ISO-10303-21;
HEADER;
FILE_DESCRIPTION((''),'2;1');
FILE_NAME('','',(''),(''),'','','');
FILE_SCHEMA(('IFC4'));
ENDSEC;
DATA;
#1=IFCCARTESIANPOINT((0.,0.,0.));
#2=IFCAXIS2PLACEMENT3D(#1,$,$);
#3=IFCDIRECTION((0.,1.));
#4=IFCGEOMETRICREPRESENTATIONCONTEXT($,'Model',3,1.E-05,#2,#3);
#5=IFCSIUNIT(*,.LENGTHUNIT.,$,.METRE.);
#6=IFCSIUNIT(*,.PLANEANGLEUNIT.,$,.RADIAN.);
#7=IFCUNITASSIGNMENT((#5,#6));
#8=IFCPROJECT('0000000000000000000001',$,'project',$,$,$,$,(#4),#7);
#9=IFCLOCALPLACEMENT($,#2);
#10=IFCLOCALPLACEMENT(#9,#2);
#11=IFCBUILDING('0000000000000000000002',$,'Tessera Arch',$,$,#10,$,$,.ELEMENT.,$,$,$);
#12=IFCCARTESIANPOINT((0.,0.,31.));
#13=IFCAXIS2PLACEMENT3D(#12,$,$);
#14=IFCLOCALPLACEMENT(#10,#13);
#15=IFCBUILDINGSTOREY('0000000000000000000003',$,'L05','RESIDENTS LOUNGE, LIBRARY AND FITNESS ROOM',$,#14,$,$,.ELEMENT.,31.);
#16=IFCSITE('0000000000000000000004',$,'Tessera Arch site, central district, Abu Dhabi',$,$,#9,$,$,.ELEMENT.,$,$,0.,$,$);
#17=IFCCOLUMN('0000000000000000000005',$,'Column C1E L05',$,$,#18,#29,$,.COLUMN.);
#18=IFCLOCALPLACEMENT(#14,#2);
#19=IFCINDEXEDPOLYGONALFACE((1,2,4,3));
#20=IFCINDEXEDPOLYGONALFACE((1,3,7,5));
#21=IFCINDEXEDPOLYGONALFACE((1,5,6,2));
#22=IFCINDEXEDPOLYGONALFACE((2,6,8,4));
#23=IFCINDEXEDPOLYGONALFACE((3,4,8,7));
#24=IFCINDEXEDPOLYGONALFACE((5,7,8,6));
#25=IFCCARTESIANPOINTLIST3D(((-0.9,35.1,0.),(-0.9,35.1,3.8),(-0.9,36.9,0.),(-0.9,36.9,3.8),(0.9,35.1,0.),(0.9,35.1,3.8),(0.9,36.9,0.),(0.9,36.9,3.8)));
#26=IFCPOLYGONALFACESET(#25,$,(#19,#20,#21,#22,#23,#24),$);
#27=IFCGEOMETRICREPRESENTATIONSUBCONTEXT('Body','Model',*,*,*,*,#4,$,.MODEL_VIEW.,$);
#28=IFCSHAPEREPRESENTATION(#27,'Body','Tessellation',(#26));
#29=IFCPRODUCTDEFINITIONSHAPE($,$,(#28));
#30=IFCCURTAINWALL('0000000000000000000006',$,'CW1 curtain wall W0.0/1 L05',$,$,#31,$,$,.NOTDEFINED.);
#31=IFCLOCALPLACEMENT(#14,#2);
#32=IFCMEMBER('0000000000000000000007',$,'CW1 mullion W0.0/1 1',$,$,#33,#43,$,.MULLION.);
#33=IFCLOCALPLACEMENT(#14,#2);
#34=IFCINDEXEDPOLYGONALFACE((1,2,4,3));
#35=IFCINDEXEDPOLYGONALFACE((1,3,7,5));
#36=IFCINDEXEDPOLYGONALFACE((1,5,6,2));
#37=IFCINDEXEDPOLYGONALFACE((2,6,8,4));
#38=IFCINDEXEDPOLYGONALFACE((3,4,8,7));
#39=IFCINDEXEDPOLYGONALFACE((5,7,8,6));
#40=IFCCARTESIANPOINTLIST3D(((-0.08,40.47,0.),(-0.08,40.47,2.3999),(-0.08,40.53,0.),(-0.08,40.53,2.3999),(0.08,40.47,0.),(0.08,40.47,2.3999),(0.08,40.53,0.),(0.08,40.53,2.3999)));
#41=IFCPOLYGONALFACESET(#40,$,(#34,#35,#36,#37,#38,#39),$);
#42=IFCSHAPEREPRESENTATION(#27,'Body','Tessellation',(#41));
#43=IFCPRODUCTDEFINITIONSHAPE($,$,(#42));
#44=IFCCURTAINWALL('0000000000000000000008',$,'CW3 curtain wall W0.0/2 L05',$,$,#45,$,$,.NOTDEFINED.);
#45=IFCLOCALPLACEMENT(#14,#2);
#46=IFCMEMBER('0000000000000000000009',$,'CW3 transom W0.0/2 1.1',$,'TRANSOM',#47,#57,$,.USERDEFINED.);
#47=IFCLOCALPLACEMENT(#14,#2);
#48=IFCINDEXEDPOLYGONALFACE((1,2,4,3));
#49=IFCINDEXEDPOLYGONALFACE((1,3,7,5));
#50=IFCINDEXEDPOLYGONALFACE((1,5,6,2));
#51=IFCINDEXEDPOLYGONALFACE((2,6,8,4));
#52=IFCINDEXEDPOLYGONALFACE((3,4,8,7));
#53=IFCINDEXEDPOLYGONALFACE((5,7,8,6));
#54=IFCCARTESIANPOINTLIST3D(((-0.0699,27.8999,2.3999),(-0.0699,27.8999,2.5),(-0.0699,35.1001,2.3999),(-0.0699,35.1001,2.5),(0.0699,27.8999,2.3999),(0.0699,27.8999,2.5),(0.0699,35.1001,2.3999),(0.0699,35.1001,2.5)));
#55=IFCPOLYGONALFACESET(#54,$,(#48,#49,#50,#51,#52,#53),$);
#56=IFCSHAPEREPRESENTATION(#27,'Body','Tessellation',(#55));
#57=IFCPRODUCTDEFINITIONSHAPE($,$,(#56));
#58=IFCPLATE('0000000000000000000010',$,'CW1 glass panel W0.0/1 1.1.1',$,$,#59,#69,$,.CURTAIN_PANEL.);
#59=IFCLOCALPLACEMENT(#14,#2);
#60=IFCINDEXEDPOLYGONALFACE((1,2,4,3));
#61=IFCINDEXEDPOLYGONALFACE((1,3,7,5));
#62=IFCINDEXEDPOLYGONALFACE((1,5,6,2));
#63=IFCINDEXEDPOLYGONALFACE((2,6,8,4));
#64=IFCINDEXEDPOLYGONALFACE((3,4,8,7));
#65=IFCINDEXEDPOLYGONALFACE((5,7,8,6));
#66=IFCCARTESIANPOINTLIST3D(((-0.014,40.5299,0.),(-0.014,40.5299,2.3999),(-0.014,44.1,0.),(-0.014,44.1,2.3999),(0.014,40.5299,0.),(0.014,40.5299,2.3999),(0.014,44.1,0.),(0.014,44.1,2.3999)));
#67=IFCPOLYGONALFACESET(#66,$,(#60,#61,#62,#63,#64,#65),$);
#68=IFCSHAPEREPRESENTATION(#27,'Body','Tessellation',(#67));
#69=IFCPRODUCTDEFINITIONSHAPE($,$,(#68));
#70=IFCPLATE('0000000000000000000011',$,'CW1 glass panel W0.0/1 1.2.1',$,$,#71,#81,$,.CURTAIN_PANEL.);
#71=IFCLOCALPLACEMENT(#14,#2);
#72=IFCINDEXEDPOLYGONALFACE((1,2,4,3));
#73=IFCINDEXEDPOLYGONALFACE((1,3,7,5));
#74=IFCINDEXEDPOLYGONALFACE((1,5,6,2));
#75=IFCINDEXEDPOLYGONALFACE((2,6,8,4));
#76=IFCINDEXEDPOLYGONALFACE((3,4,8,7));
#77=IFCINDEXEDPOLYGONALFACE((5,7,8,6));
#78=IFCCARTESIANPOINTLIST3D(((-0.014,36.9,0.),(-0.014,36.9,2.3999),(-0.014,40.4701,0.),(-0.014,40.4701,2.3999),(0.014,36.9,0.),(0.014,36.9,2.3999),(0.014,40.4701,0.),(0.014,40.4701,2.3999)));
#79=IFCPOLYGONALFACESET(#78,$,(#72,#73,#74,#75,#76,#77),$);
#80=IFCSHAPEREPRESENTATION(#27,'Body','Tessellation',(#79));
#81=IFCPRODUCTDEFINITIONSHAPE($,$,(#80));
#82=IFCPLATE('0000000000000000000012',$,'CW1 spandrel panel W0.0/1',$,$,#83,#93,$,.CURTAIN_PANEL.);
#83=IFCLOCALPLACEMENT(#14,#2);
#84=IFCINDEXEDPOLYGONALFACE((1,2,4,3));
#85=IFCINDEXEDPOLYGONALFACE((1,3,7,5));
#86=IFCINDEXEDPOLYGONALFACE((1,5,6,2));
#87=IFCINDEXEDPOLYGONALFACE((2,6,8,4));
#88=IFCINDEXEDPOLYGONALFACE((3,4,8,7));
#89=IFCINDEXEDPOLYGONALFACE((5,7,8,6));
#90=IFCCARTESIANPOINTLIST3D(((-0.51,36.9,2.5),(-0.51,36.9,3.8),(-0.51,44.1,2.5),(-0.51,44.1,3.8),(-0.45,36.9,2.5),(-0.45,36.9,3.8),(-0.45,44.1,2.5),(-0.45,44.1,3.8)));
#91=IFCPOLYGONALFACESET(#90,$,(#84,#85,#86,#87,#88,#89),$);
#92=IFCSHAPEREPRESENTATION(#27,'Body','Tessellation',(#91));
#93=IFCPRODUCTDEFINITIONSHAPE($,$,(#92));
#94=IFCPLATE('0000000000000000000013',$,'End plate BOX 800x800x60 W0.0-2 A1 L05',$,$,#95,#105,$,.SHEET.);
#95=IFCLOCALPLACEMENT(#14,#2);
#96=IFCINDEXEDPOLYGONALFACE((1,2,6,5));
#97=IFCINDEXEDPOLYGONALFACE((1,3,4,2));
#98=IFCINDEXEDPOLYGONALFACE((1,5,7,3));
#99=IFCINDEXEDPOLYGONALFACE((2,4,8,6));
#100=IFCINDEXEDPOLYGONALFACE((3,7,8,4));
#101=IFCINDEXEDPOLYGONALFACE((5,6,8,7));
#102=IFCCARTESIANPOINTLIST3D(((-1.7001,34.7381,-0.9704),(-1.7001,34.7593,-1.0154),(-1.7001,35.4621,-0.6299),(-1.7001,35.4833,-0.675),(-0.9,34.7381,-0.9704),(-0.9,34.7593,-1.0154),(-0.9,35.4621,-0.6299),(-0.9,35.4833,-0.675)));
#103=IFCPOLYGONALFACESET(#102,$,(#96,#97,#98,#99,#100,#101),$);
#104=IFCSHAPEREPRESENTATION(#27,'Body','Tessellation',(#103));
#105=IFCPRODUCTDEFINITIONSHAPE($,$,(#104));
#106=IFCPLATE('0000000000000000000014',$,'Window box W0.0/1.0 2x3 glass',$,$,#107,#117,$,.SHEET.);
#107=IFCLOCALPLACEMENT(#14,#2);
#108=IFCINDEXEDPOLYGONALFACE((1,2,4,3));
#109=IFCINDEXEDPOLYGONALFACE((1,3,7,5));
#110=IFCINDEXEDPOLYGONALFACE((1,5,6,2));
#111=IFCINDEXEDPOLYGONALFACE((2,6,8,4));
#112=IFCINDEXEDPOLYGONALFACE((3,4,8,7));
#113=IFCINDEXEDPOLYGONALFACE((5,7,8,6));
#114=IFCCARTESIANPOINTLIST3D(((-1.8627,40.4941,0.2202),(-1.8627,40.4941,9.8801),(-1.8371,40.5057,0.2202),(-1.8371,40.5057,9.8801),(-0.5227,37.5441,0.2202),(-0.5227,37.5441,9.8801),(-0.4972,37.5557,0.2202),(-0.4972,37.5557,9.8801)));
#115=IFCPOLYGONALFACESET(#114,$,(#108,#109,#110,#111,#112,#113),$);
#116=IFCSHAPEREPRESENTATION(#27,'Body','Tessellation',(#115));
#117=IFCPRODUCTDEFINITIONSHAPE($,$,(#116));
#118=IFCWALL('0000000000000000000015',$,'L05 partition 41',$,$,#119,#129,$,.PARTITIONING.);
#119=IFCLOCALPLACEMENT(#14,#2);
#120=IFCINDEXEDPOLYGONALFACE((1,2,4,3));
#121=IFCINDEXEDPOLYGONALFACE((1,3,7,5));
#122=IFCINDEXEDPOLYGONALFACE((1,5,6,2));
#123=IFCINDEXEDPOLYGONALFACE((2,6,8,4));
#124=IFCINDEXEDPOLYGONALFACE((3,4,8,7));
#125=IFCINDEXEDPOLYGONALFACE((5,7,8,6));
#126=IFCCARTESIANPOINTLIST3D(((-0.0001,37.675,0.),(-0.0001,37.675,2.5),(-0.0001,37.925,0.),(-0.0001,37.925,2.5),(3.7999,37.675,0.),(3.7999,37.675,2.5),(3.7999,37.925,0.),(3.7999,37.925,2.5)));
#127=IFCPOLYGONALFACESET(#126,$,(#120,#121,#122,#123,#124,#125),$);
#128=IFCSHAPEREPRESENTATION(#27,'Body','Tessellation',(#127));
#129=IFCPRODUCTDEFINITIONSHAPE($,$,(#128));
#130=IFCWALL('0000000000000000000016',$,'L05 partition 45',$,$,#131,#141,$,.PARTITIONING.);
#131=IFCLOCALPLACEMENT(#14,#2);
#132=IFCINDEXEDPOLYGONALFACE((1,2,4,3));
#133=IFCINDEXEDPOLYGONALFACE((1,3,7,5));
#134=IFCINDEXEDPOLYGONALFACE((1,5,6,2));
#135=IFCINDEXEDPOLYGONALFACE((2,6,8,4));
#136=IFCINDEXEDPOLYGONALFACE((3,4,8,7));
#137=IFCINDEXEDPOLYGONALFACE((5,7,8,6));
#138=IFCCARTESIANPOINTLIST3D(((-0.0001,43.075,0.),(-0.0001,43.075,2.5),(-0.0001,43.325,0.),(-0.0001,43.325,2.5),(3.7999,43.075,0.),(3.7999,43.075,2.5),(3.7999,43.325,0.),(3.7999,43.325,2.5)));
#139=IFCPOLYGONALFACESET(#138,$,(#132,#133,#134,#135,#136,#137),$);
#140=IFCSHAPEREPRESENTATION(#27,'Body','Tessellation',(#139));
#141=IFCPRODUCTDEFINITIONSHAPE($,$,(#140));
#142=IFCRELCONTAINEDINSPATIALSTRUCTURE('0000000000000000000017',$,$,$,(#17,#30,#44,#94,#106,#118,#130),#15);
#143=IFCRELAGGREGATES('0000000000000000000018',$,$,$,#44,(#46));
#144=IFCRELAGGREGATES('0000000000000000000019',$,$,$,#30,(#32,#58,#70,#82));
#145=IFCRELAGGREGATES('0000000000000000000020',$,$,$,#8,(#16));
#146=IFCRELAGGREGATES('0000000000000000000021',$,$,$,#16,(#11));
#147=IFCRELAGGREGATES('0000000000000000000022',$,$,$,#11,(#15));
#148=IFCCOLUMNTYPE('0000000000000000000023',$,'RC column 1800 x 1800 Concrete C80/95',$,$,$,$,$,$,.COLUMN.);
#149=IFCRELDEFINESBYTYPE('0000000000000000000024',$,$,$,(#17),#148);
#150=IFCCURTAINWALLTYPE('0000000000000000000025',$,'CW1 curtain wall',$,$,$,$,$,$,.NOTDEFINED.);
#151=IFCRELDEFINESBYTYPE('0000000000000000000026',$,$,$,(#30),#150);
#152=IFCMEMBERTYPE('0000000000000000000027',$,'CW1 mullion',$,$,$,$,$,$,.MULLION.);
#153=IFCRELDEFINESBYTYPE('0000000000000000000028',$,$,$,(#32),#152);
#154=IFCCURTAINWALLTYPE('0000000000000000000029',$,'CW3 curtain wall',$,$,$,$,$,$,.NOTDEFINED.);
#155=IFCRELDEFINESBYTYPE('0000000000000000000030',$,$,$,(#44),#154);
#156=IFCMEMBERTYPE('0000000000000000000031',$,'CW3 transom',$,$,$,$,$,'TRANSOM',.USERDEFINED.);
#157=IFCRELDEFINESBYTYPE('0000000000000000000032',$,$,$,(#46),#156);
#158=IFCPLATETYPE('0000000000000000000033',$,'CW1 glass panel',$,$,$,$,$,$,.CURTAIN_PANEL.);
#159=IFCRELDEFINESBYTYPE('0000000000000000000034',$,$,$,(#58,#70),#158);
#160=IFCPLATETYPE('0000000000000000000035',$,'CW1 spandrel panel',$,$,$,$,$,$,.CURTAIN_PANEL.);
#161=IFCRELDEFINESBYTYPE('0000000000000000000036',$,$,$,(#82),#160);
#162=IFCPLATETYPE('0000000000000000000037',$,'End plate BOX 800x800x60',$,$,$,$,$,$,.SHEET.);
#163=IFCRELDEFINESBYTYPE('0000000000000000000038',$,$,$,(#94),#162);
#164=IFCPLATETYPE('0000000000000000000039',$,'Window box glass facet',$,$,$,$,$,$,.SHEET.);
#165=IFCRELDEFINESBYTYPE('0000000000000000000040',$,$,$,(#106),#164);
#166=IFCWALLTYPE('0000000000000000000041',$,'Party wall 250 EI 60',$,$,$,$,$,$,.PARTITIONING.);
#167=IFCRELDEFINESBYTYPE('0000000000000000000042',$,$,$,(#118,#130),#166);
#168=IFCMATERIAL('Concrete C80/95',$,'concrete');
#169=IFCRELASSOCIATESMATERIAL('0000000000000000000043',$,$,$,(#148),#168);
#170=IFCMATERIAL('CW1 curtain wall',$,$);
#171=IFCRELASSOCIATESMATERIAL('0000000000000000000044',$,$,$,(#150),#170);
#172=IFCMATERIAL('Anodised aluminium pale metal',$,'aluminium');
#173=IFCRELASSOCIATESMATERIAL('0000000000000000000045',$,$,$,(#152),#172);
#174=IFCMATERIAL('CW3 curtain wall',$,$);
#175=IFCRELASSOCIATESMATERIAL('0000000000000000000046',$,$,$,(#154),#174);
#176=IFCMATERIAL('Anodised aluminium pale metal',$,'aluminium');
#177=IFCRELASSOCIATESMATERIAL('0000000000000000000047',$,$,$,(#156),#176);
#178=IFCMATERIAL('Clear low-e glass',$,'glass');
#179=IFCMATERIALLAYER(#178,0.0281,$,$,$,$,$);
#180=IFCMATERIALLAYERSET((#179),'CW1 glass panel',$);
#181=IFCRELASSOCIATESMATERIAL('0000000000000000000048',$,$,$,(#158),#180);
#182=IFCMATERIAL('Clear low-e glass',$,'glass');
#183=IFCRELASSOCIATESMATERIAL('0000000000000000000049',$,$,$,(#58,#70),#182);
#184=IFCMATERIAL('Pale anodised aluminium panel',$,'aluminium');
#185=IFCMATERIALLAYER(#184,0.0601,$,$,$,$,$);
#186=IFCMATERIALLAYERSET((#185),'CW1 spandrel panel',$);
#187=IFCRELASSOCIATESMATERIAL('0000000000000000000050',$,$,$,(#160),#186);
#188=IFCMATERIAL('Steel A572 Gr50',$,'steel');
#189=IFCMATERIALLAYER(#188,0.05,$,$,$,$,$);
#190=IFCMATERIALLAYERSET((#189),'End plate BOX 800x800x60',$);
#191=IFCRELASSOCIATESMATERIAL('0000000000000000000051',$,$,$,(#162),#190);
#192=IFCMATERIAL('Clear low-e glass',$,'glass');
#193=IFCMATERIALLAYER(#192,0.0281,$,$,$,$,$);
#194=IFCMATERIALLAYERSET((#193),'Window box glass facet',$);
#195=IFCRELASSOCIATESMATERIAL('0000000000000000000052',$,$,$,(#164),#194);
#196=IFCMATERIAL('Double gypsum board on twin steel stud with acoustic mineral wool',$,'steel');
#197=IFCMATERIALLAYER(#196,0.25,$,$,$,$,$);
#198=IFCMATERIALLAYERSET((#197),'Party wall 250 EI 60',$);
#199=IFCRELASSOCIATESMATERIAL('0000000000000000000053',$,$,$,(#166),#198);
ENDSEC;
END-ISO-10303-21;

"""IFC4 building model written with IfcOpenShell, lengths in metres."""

from ifc_helpers import new_model, si_unit, direction, frame, frame_2d, origin, origin_2d, place, context, subcontext, project, spatial, rectangle, extrude, material, layer, layer_set, material_profile, profile_set, type_object, element, aggregate, save


model = new_model("IFC4")

# Units and contexts
model_context = context("Model", 3, precision=1e-05, world=origin(), true_north=direction((0.0, 1.0)))
body_context = subcontext(model_context, "Body", "Model", "MODEL_VIEW")
ifc_project = project(units=[si_unit("LENGTHUNIT", "METRE"), si_unit("PLANEANGLEUNIT", "RADIAN")], contexts=[model_context])

# Site, building, storey
site_placement = place(None, origin())
site = spatial("IfcSite", under=ifc_project, at=site_placement, Name="Tessera Arch site, central district, Abu Dhabi", CompositionType="ELEMENT", RefElevation=0.0)
building_placement = place(site_placement, origin())
building = spatial("IfcBuilding", under=site, at=building_placement, Name="Tessera Arch", CompositionType="ELEMENT")
storey_placement = place(building_placement, frame((0.0, 0.0, 31.0)))
storey = spatial("IfcBuildingStorey", under=building, at=storey_placement, Name="L05", Description="RESIDENTS LOUNGE, LIBRARY AND FITNESS ROOM", CompositionType="ELEMENT", Elevation=31.0)

# Column
ifc_material_1 = material(Name="Concrete C80/95", Category="concrete")
ifc_material_profile_1 = material_profile(ifc_material_1, rectangle(XDim=1.8, YDim=1.8, at=origin_2d()), Name="RC column 1800 x 1800 Concrete C80/95")
ifc_profile_set_1 = profile_set([ifc_material_profile_1], Name="Concrete C80/95")
column_type = type_object("IfcColumnType", Name="RC column 1800 x 1800 Concrete C80/95", PredefinedType="COLUMN", material=ifc_profile_set_1)
column_placement = place(storey_placement, frame((0.0, 36.0, 0.0), z_axis=(0.0, 0.0, 1.0), x_axis=(1.0, 0.0, 0.0)))
element("IfcColumn", 1, at=column_placement, inside=storey, type_object=column_type, Name="Column C1E L05", PredefinedType="COLUMN", context=body_context, shape_type="SweptSolid", body=[
    extrude(rectangle(XDim=1.8, YDim=1.8, at=origin_2d()), origin(), (0.0, 0.0, 1.0), 3.8),
])

# Curtain walls, members
ifc_material_2 = material(Name="CW1 curtain wall")
curtain_wall_type_1 = type_object("IfcCurtainWallType", Name="CW1 curtain wall", PredefinedType="NOTDEFINED", material=ifc_material_2)
curtain_wall_1_placement = place(storey_placement, origin())
curtain_wall_1 = element("IfcCurtainWall", 2, at=curtain_wall_1_placement, inside=storey, type_object=curtain_wall_type_1, Name="CW1 curtain wall W0.0/1 L05", PredefinedType="NOTDEFINED")
ifc_material_3 = material(Name="Anodised aluminium pale metal", Category="aluminium")
ifc_material_profile_2 = material_profile(ifc_material_3, rectangle(XDim=0.1599, YDim=0.0601, at=origin_2d()), Name="AL 60x160")
ifc_profile_set_2 = profile_set([ifc_material_profile_2], Name="Anodised aluminium pale metal")
member_type_1 = type_object("IfcMemberType", Name="CW1 mullion", PredefinedType="MULLION", material=ifc_profile_set_2)
member_1_placement = place(storey_placement, frame((0.0, 40.5, 0.0), z_axis=(0.0, 0.0, 1.0), x_axis=(1.0, 0.0, 0.0)))
member_1 = element("IfcMember", 3, at=member_1_placement, type_object=member_type_1, Name="CW1 mullion W0.0/1 1", PredefinedType="MULLION", context=body_context, shape_type="SweptSolid", body=[
    extrude(rectangle(XDim=0.1599, YDim=0.0601, at=origin_2d()), origin(), (0.0, 0.0, 1.0), 2.3999),
])
ifc_material_4 = material(Name="CW3 curtain wall")
curtain_wall_type_2 = type_object("IfcCurtainWallType", Name="CW3 curtain wall", PredefinedType="NOTDEFINED", material=ifc_material_4)
curtain_wall_2_placement = place(storey_placement, origin())
curtain_wall_2 = element("IfcCurtainWall", 4, at=curtain_wall_2_placement, inside=storey, type_object=curtain_wall_type_2, Name="CW3 curtain wall W0.0/2 L05", PredefinedType="NOTDEFINED")
ifc_material_5 = material(Name="Anodised aluminium pale metal", Category="aluminium")
ifc_material_profile_3 = material_profile(ifc_material_5, rectangle(XDim=0.1399, YDim=0.1001, at=origin_2d()), Name="AL 140x100")
ifc_profile_set_3 = profile_set([ifc_material_profile_3], Name="Anodised aluminium pale metal")
member_type_2 = type_object("IfcMemberType", Name="CW3 transom", ElementType="TRANSOM", PredefinedType="USERDEFINED", material=ifc_profile_set_3)
member_2_placement = place(storey_placement, frame((0.0, 35.1001, 2.45), z_axis=(0.0, -1.0, 0.0), x_axis=(1.0, 0.0, 0.0)))
member_2 = element("IfcMember", 5, at=member_2_placement, type_object=member_type_2, Name="CW3 transom W0.0/2 1.1", ObjectType="TRANSOM", PredefinedType="USERDEFINED", context=body_context, shape_type="SweptSolid", body=[
    extrude(rectangle(XDim=0.1399, YDim=0.1001, at=origin_2d()), origin(), (0.0, 0.0, 1.0), 7.2002),
])
aggregate(curtain_wall_2, [member_2])

# Plates
ifc_material_6 = material(Name="Clear low-e glass", Category="glass")
ifc_material_7 = material(Name="Clear low-e glass", Category="glass")
ifc_layer_1 = layer(ifc_material_7, 0.0281)
ifc_layer_set_1 = layer_set([ifc_layer_1], Name="CW1 glass panel")
plate_type_1 = type_object("IfcPlateType", Name="CW1 glass panel", PredefinedType="CURTAIN_PANEL", material=ifc_layer_set_1)
plate_1_placement = place(storey_placement, frame((0.0, 42.3149, 0.0), z_axis=(0.0, 0.0, 1.0), x_axis=(0.0, -1.0, 0.0)))
plate_1 = element("IfcPlate", 6, at=plate_1_placement, type_object=plate_type_1, material=ifc_material_6, Name="CW1 glass panel W0.0/1 1.1.1", PredefinedType="CURTAIN_PANEL", context=body_context, shape_type="SweptSolid", body=[
    extrude(rectangle(XDim=3.5701, YDim=0.0281, at=origin_2d()), origin(), (0.0, 0.0, 1.0), 2.3999),
])
plate_2_placement = place(storey_placement, frame((0.0, 38.6851, 0.0), z_axis=(0.0, 0.0, 1.0), x_axis=(0.0, -1.0, 0.0)))
plate_2 = element("IfcPlate", 7, at=plate_2_placement, type_object=plate_type_1, material=ifc_material_6, Name="CW1 glass panel W0.0/1 1.2.1", PredefinedType="CURTAIN_PANEL", context=body_context, shape_type="SweptSolid", body=[
    extrude(rectangle(XDim=3.5701, YDim=0.0281, at=origin_2d()), origin(), (0.0, 0.0, 1.0), 2.3999),
])
ifc_material_8 = material(Name="Pale anodised aluminium panel", Category="aluminium")
ifc_layer_2 = layer(ifc_material_8, 0.0601)
ifc_layer_set_2 = layer_set([ifc_layer_2], Name="CW1 spandrel panel")
plate_type_2 = type_object("IfcPlateType", Name="CW1 spandrel panel", PredefinedType="CURTAIN_PANEL", material=ifc_layer_set_2)
plate_3_placement = place(storey_placement, frame((-0.48, 40.5, 2.5), z_axis=(0.0, 0.0, 1.0), x_axis=(0.0, -1.0, 0.0)))
plate_3 = element("IfcPlate", 8, at=plate_3_placement, type_object=plate_type_2, Name="CW1 spandrel panel W0.0/1", PredefinedType="CURTAIN_PANEL", context=body_context, shape_type="SweptSolid", body=[
    extrude(rectangle(XDim=7.2, YDim=0.0601, at=origin_2d()), origin(), (0.0, 0.0, 1.0), 1.3),
])
aggregate(curtain_wall_1, [member_1, plate_1, plate_2, plate_3])

# Plates
ifc_material_9 = material(Name="Steel A572 Gr50", Category="steel")
ifc_layer_3 = layer(ifc_material_9, 0.05)
ifc_layer_set_3 = layer_set([ifc_layer_3], Name="End plate BOX 800x800x60")
plate_type_3 = type_object("IfcPlateType", Name="End plate BOX 800x800x60", PredefinedType="SHEET", material=ifc_layer_set_3)
plate_4_placement = place(storey_placement, frame((-1.3, 35.1213, -0.8452), z_axis=(0.0, -0.425561, 0.90493), x_axis=(1.0, 0.0, 0.0)))
element("IfcPlate", 9, at=plate_4_placement, inside=storey, type_object=plate_type_3, Name="End plate BOX 800x800x60 W0.0-2 A1 L05", PredefinedType="SHEET", context=body_context, shape_type="SweptSolid", body=[
    extrude(rectangle(XDim=0.8, YDim=0.8, at=origin_2d()), origin(), (0.0, 0.0, 1.0), 0.0498),
])
ifc_material_10 = material(Name="Clear low-e glass", Category="glass")
ifc_layer_4 = layer(ifc_material_10, 0.0281)
ifc_layer_set_4 = layer_set([ifc_layer_4], Name="Window box glass facet")
plate_type_4 = type_object("IfcPlateType", Name="Window box glass facet", PredefinedType="SHEET", material=ifc_layer_set_4)
plate_5_placement = place(storey_placement, frame((-1.1799, 39.0249, 0.2202), z_axis=(0.0, 0.0, 1.0), x_axis=(-0.41357, 0.910472, 0.0)))
element("IfcPlate", 10, at=plate_5_placement, inside=storey, type_object=plate_type_4, Name="Window box W0.0/1.0 2x3 glass", PredefinedType="SHEET", context=body_context, shape_type="SweptSolid", body=[
    extrude(rectangle(XDim=3.24, YDim=0.0281, at=origin_2d()), origin(), (0.0, 0.0, 1.0), 9.6599),
])

# Walls
ifc_material_11 = material(Name="Double gypsum board on twin steel stud with acoustic mineral wool", Category="steel")
ifc_layer_5 = layer(ifc_material_11, 0.25)
ifc_layer_set_5 = layer_set([ifc_layer_5], Name="Party wall 250 EI 60")
wall_type_1 = type_object("IfcWallType", Name="Party wall 250 EI 60", PredefinedType="PARTITIONING", material=ifc_layer_set_5)
for number, where, z_axis, x_axis, name in (
    (11, (0.0, 37.8, 0.0), (0.0, 0.0, 1.0), (1.0, 0.0, 0.0), "L05 partition 41"),
    (12, (0.0, 43.2, 0.0), (0.0, 0.0, 1.0), (1.0, 0.0, 0.0), "L05 partition 45"),
):
    element("IfcWall", number, at=place(storey_placement, frame(where, z_axis=z_axis, x_axis=x_axis)), inside=storey, type_object=wall_type_1, Name=name, PredefinedType="PARTITIONING", context=body_context, shape_type="SweptSolid", body=[
        extrude(rectangle(XDim=3.8, YDim=0.25, at=frame_2d((1.8999, 0.0))), origin(), (0.0, 0.0, 1.0), 2.5),
    ])

save(model, "model.ifc")
